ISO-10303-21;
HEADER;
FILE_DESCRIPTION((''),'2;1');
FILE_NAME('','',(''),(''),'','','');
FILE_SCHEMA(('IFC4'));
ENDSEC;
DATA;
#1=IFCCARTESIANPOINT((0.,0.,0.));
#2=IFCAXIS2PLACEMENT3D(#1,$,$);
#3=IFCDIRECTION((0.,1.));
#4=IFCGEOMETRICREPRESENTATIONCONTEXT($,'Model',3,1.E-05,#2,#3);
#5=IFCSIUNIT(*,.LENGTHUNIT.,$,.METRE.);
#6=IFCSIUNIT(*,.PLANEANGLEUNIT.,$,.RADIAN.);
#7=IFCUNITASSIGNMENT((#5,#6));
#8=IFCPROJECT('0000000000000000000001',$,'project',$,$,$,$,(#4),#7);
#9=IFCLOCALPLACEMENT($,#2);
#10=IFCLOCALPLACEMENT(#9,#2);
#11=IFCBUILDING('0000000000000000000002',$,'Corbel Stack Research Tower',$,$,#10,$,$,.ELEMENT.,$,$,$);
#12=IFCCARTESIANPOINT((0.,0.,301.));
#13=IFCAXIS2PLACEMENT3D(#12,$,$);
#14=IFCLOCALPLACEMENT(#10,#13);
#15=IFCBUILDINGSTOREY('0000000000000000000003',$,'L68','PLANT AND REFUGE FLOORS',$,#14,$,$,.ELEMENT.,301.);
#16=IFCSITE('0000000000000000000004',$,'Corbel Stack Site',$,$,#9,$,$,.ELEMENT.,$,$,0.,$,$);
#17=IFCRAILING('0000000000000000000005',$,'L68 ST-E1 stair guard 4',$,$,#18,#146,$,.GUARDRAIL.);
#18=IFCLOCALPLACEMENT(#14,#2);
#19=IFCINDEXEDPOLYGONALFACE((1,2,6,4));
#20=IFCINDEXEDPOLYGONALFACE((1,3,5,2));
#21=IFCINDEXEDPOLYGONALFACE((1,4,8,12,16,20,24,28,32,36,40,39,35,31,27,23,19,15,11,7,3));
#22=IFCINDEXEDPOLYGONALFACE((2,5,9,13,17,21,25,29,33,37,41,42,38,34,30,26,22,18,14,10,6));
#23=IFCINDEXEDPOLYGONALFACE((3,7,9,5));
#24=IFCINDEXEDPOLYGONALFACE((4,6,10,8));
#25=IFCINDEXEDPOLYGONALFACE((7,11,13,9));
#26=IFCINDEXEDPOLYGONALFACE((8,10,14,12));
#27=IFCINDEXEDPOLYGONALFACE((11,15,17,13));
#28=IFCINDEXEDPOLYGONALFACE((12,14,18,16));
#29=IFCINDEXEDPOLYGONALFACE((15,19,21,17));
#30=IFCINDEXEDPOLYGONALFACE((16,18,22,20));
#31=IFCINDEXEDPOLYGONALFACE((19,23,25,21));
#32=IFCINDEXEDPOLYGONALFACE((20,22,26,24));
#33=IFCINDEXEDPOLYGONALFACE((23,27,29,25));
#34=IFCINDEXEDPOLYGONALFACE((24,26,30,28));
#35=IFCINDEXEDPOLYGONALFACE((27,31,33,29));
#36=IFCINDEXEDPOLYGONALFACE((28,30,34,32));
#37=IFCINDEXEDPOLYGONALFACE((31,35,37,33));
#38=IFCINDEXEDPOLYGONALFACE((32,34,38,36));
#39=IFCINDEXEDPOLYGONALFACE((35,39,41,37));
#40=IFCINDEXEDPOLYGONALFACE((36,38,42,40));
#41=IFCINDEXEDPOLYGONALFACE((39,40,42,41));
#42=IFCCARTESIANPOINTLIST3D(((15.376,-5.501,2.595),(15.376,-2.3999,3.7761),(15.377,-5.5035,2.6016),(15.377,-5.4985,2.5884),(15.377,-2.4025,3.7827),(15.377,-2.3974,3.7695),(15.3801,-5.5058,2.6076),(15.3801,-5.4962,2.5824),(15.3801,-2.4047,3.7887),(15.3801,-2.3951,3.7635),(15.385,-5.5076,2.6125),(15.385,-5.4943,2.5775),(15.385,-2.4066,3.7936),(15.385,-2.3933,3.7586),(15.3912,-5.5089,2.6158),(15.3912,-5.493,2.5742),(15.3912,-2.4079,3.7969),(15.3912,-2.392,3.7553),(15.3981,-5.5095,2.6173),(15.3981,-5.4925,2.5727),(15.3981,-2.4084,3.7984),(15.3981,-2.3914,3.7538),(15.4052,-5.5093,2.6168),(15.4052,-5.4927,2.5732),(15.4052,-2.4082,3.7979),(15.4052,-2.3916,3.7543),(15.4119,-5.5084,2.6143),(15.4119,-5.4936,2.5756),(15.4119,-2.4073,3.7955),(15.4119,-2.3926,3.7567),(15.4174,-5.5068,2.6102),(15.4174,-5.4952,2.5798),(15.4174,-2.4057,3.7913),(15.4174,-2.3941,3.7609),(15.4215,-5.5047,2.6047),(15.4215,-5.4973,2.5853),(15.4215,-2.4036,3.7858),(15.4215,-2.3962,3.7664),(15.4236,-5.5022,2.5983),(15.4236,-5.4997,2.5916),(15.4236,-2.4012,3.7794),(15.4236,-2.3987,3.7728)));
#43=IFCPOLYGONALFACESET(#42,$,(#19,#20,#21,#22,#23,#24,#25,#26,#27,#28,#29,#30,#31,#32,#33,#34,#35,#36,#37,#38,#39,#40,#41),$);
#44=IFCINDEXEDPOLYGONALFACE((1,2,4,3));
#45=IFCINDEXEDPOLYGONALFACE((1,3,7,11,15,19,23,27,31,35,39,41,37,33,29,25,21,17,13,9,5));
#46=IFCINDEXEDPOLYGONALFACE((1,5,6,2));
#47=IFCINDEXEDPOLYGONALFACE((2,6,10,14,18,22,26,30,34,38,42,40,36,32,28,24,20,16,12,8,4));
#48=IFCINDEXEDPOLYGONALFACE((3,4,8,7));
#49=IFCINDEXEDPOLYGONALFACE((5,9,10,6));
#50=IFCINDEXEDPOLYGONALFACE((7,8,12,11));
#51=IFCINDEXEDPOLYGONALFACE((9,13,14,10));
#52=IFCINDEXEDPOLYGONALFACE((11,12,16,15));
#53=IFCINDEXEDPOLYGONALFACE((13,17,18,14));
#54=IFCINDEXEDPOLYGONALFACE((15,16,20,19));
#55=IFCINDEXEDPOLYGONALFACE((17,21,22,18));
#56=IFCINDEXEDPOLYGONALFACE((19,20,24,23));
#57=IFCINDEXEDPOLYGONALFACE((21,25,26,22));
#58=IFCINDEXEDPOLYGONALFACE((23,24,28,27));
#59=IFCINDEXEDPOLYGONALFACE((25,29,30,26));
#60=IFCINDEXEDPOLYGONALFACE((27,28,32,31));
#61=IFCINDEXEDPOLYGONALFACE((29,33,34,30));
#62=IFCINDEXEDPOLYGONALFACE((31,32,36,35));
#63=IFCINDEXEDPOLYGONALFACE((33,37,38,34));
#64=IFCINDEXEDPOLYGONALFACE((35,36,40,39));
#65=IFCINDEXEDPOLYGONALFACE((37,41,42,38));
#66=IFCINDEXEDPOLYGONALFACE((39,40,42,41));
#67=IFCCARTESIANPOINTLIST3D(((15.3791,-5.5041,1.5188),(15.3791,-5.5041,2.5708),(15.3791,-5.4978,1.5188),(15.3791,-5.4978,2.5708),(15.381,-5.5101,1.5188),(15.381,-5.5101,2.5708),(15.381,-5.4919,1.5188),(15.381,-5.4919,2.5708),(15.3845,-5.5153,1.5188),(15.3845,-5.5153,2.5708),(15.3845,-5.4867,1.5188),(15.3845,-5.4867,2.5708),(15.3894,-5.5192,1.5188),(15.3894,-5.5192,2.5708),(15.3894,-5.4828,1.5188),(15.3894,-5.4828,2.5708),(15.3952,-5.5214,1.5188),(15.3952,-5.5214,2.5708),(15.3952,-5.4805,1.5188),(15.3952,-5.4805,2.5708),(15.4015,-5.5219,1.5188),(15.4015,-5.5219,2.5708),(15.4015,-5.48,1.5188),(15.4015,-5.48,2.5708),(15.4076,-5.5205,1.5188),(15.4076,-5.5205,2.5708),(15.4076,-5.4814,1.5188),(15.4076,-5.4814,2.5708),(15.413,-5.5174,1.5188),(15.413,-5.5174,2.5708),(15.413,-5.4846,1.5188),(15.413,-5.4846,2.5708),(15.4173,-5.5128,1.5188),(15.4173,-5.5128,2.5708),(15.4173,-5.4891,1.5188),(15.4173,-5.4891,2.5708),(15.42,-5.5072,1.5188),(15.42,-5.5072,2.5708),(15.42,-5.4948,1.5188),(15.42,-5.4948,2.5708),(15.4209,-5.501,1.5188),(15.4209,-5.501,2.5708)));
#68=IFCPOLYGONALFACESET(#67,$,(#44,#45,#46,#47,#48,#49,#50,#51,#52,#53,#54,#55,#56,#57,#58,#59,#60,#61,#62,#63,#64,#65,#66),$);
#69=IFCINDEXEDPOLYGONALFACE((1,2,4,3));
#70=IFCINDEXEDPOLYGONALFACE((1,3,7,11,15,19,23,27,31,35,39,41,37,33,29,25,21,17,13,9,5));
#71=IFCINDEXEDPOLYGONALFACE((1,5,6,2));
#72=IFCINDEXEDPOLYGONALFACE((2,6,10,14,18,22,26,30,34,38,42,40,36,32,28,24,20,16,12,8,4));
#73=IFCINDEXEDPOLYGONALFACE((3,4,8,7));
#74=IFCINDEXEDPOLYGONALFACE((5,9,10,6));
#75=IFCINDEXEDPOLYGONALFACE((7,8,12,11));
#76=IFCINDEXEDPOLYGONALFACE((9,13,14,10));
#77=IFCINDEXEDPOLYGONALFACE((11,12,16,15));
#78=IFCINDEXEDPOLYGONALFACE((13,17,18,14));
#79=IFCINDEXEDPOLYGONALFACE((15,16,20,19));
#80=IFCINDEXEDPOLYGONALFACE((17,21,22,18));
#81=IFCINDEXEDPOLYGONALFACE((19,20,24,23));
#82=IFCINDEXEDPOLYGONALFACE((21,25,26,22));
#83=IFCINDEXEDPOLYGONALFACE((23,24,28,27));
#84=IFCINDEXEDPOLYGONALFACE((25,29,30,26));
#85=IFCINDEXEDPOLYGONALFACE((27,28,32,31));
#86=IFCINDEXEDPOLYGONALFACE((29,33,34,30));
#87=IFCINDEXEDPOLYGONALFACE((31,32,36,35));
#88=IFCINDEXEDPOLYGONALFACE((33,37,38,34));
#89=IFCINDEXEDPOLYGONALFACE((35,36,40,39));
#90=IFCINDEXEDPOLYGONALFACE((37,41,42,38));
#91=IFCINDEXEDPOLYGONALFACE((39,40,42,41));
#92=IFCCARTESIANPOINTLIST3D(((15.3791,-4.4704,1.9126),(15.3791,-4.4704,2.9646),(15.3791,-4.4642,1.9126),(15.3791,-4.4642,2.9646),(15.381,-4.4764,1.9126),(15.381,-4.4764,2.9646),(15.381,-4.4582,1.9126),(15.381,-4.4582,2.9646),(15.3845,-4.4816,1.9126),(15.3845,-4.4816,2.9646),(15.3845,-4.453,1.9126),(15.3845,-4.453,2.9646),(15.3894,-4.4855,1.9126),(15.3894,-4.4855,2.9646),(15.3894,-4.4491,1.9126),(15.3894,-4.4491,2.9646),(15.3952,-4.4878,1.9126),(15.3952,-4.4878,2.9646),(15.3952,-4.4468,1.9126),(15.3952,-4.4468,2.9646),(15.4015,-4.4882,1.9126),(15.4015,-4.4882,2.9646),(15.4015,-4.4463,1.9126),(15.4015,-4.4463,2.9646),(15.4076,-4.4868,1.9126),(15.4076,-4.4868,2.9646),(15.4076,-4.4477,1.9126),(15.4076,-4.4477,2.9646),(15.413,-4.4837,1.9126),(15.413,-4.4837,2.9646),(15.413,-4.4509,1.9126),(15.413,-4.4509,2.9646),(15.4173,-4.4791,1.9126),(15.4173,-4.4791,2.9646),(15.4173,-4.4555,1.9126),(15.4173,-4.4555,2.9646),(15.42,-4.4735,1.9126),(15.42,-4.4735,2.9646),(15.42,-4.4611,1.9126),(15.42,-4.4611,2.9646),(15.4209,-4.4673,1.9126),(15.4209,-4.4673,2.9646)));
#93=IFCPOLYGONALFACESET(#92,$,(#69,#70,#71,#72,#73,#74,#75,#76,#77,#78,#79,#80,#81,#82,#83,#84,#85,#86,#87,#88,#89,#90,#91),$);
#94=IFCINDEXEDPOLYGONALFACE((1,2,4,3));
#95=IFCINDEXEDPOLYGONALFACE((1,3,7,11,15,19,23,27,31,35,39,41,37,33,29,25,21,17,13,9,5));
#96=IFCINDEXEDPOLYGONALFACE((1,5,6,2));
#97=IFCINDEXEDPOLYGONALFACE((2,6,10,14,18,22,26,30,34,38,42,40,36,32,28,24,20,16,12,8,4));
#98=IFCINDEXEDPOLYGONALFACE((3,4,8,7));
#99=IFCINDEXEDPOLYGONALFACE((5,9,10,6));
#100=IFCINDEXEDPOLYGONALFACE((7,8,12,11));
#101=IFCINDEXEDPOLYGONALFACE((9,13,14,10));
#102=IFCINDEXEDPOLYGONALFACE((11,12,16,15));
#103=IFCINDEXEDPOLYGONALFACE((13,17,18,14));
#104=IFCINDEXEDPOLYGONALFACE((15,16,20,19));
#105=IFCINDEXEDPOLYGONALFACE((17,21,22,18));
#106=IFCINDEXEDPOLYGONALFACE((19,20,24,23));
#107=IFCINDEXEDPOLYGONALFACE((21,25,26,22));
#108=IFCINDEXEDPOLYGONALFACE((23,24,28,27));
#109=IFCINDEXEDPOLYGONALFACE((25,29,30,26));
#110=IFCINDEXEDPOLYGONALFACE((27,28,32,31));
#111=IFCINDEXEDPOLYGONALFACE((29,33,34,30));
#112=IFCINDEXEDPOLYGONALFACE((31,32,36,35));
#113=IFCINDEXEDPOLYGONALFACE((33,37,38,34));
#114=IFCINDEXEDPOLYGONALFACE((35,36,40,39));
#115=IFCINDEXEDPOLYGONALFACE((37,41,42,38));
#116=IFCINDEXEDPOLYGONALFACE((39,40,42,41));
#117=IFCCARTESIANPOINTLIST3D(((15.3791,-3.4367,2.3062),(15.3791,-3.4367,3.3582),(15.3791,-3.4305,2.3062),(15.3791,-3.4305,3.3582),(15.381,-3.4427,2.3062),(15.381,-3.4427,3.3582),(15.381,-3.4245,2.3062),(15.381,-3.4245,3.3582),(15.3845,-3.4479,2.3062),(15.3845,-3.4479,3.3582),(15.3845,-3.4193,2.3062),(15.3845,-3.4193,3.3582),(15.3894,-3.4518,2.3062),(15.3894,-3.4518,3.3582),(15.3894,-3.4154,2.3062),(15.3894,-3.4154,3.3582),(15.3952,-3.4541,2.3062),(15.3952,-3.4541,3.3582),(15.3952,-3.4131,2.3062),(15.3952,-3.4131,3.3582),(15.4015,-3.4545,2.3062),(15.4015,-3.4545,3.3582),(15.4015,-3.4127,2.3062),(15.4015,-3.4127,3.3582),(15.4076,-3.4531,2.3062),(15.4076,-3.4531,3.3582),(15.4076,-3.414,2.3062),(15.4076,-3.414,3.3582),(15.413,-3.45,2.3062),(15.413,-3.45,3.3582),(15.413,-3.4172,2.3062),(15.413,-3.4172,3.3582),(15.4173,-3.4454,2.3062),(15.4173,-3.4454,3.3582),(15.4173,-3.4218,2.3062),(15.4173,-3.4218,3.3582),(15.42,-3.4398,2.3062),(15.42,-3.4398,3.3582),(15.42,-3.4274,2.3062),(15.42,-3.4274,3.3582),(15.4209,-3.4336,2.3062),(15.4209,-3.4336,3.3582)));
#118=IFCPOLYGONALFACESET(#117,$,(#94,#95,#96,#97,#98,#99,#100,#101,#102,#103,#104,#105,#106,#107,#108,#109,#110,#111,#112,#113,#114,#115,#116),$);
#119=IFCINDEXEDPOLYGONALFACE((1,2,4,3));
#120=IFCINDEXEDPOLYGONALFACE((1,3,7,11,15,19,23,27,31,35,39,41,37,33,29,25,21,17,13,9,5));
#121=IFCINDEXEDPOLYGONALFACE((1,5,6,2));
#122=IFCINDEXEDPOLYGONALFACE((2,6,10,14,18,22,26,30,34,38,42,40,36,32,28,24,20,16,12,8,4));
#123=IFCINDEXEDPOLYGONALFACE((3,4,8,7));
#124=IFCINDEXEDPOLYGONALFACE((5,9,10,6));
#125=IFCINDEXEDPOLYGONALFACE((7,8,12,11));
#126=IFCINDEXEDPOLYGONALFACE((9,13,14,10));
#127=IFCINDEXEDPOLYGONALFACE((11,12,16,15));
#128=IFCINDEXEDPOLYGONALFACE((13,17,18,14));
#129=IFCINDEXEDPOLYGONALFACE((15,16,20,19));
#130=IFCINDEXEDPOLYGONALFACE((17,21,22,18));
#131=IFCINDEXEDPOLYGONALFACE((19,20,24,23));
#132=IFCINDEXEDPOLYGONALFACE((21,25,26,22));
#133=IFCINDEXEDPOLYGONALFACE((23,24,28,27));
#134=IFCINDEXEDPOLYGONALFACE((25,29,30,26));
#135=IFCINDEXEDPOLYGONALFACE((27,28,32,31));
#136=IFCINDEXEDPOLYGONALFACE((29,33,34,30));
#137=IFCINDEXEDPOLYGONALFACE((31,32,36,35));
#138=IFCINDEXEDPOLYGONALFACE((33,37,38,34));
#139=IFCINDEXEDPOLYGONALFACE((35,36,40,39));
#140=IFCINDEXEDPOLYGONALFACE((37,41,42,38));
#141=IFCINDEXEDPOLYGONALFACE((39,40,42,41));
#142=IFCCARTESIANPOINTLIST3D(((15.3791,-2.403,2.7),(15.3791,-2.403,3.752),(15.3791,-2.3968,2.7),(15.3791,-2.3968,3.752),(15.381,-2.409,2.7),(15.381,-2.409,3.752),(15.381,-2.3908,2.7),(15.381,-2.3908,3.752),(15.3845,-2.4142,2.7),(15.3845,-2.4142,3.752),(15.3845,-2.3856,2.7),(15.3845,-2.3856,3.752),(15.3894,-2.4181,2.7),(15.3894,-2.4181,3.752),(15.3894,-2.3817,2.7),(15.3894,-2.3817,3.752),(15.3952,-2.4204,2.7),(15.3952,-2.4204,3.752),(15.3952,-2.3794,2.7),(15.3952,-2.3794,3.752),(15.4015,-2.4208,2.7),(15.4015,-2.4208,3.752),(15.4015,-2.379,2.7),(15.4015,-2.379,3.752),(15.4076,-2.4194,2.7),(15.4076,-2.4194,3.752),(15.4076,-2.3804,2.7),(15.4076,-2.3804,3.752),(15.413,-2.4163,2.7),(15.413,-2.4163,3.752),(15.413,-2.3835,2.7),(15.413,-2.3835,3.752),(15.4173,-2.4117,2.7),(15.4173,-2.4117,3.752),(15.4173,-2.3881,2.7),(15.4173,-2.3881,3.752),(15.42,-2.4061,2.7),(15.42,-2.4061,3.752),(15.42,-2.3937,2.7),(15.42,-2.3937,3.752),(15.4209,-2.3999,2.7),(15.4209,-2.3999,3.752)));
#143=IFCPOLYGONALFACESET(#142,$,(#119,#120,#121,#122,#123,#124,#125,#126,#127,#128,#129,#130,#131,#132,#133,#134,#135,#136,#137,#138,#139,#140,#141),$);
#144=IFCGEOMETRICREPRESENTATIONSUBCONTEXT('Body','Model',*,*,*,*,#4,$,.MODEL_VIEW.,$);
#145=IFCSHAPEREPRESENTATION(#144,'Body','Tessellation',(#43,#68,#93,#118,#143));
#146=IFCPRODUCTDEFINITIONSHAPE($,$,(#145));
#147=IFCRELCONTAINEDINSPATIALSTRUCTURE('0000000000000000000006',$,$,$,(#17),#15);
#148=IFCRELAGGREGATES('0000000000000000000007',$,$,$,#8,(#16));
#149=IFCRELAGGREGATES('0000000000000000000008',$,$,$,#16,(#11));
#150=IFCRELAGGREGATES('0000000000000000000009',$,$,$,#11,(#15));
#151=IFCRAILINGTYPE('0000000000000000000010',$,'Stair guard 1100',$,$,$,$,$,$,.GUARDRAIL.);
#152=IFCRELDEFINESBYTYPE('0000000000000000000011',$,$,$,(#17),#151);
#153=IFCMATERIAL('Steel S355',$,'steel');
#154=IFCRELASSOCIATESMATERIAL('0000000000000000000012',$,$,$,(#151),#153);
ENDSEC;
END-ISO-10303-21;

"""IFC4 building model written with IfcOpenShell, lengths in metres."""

from ifc_helpers import new_model, si_unit, direction, frame, origin, origin_2d, place, context, subcontext, project, spatial, circle, extrude, material, type_object, element, save


model = new_model("IFC4")

# Units and contexts
model_context = context("Model", 3, precision=1e-05, world=origin(), true_north=direction((0.0, 1.0)))
body_context = subcontext(model_context, "Body", "Model", "MODEL_VIEW")
ifc_project = project(units=[si_unit("LENGTHUNIT", "METRE"), si_unit("PLANEANGLEUNIT", "RADIAN")], contexts=[model_context])

# Site, building, storey
site_placement = place(None, origin())
site = spatial("IfcSite", under=ifc_project, at=site_placement, Name="Corbel Stack Site", CompositionType="ELEMENT", RefElevation=0.0)
building_placement = place(site_placement, origin())
building = spatial("IfcBuilding", under=site, at=building_placement, Name="Corbel Stack Research Tower", CompositionType="ELEMENT")
storey_placement = place(building_placement, frame((0.0, 0.0, 301.0)))
storey = spatial("IfcBuildingStorey", under=building, at=storey_placement, Name="L68", Description="PLANT AND REFUGE FLOORS", CompositionType="ELEMENT", Elevation=301.0)

# Railing
ifc_material_1 = material(Name="Steel S355", Category="steel")
railing_type_1 = type_object("IfcRailingType", Name="Stair guard 1100", PredefinedType="GUARDRAIL", material=ifc_material_1)
railing_1_placement = place(storey_placement, frame((15.3999, -5.501, 1.5188)))
element("IfcRailing", 1, at=railing_1_placement, inside=storey, type_object=railing_type_1, Name="L68 ST-E1 stair guard 4", PredefinedType="GUARDRAIL", context=body_context, shape_type="SweptSolid", body=[
    extrude(circle(Radius=0.0239, at=origin_2d()), frame((0.0, 0.0, 1.0762), z_axis=(0.0, 0.934509, 0.35594), x_axis=(-1.0, 0.0, 0.0)), (0.0, 0.0, 1.0), 3.3184),
    extrude(circle(Radius=0.021, at=origin_2d()), origin(), (0.0, 0.0, 1.0), 1.052),
    extrude(circle(Radius=0.021, at=origin_2d()), frame((0.0, 1.0337, 0.3938)), (0.0, 0.0, 1.0), 1.052),
    extrude(circle(Radius=0.021, at=origin_2d()), frame((0.0, 2.0674, 0.7874)), (0.0, 0.0, 1.0), 1.052),
    extrude(circle(Radius=0.021, at=origin_2d()), frame((0.0, 3.1011, 1.1812)), (0.0, 0.0, 1.0), 1.052),
])

save(model, "model.ifc")
